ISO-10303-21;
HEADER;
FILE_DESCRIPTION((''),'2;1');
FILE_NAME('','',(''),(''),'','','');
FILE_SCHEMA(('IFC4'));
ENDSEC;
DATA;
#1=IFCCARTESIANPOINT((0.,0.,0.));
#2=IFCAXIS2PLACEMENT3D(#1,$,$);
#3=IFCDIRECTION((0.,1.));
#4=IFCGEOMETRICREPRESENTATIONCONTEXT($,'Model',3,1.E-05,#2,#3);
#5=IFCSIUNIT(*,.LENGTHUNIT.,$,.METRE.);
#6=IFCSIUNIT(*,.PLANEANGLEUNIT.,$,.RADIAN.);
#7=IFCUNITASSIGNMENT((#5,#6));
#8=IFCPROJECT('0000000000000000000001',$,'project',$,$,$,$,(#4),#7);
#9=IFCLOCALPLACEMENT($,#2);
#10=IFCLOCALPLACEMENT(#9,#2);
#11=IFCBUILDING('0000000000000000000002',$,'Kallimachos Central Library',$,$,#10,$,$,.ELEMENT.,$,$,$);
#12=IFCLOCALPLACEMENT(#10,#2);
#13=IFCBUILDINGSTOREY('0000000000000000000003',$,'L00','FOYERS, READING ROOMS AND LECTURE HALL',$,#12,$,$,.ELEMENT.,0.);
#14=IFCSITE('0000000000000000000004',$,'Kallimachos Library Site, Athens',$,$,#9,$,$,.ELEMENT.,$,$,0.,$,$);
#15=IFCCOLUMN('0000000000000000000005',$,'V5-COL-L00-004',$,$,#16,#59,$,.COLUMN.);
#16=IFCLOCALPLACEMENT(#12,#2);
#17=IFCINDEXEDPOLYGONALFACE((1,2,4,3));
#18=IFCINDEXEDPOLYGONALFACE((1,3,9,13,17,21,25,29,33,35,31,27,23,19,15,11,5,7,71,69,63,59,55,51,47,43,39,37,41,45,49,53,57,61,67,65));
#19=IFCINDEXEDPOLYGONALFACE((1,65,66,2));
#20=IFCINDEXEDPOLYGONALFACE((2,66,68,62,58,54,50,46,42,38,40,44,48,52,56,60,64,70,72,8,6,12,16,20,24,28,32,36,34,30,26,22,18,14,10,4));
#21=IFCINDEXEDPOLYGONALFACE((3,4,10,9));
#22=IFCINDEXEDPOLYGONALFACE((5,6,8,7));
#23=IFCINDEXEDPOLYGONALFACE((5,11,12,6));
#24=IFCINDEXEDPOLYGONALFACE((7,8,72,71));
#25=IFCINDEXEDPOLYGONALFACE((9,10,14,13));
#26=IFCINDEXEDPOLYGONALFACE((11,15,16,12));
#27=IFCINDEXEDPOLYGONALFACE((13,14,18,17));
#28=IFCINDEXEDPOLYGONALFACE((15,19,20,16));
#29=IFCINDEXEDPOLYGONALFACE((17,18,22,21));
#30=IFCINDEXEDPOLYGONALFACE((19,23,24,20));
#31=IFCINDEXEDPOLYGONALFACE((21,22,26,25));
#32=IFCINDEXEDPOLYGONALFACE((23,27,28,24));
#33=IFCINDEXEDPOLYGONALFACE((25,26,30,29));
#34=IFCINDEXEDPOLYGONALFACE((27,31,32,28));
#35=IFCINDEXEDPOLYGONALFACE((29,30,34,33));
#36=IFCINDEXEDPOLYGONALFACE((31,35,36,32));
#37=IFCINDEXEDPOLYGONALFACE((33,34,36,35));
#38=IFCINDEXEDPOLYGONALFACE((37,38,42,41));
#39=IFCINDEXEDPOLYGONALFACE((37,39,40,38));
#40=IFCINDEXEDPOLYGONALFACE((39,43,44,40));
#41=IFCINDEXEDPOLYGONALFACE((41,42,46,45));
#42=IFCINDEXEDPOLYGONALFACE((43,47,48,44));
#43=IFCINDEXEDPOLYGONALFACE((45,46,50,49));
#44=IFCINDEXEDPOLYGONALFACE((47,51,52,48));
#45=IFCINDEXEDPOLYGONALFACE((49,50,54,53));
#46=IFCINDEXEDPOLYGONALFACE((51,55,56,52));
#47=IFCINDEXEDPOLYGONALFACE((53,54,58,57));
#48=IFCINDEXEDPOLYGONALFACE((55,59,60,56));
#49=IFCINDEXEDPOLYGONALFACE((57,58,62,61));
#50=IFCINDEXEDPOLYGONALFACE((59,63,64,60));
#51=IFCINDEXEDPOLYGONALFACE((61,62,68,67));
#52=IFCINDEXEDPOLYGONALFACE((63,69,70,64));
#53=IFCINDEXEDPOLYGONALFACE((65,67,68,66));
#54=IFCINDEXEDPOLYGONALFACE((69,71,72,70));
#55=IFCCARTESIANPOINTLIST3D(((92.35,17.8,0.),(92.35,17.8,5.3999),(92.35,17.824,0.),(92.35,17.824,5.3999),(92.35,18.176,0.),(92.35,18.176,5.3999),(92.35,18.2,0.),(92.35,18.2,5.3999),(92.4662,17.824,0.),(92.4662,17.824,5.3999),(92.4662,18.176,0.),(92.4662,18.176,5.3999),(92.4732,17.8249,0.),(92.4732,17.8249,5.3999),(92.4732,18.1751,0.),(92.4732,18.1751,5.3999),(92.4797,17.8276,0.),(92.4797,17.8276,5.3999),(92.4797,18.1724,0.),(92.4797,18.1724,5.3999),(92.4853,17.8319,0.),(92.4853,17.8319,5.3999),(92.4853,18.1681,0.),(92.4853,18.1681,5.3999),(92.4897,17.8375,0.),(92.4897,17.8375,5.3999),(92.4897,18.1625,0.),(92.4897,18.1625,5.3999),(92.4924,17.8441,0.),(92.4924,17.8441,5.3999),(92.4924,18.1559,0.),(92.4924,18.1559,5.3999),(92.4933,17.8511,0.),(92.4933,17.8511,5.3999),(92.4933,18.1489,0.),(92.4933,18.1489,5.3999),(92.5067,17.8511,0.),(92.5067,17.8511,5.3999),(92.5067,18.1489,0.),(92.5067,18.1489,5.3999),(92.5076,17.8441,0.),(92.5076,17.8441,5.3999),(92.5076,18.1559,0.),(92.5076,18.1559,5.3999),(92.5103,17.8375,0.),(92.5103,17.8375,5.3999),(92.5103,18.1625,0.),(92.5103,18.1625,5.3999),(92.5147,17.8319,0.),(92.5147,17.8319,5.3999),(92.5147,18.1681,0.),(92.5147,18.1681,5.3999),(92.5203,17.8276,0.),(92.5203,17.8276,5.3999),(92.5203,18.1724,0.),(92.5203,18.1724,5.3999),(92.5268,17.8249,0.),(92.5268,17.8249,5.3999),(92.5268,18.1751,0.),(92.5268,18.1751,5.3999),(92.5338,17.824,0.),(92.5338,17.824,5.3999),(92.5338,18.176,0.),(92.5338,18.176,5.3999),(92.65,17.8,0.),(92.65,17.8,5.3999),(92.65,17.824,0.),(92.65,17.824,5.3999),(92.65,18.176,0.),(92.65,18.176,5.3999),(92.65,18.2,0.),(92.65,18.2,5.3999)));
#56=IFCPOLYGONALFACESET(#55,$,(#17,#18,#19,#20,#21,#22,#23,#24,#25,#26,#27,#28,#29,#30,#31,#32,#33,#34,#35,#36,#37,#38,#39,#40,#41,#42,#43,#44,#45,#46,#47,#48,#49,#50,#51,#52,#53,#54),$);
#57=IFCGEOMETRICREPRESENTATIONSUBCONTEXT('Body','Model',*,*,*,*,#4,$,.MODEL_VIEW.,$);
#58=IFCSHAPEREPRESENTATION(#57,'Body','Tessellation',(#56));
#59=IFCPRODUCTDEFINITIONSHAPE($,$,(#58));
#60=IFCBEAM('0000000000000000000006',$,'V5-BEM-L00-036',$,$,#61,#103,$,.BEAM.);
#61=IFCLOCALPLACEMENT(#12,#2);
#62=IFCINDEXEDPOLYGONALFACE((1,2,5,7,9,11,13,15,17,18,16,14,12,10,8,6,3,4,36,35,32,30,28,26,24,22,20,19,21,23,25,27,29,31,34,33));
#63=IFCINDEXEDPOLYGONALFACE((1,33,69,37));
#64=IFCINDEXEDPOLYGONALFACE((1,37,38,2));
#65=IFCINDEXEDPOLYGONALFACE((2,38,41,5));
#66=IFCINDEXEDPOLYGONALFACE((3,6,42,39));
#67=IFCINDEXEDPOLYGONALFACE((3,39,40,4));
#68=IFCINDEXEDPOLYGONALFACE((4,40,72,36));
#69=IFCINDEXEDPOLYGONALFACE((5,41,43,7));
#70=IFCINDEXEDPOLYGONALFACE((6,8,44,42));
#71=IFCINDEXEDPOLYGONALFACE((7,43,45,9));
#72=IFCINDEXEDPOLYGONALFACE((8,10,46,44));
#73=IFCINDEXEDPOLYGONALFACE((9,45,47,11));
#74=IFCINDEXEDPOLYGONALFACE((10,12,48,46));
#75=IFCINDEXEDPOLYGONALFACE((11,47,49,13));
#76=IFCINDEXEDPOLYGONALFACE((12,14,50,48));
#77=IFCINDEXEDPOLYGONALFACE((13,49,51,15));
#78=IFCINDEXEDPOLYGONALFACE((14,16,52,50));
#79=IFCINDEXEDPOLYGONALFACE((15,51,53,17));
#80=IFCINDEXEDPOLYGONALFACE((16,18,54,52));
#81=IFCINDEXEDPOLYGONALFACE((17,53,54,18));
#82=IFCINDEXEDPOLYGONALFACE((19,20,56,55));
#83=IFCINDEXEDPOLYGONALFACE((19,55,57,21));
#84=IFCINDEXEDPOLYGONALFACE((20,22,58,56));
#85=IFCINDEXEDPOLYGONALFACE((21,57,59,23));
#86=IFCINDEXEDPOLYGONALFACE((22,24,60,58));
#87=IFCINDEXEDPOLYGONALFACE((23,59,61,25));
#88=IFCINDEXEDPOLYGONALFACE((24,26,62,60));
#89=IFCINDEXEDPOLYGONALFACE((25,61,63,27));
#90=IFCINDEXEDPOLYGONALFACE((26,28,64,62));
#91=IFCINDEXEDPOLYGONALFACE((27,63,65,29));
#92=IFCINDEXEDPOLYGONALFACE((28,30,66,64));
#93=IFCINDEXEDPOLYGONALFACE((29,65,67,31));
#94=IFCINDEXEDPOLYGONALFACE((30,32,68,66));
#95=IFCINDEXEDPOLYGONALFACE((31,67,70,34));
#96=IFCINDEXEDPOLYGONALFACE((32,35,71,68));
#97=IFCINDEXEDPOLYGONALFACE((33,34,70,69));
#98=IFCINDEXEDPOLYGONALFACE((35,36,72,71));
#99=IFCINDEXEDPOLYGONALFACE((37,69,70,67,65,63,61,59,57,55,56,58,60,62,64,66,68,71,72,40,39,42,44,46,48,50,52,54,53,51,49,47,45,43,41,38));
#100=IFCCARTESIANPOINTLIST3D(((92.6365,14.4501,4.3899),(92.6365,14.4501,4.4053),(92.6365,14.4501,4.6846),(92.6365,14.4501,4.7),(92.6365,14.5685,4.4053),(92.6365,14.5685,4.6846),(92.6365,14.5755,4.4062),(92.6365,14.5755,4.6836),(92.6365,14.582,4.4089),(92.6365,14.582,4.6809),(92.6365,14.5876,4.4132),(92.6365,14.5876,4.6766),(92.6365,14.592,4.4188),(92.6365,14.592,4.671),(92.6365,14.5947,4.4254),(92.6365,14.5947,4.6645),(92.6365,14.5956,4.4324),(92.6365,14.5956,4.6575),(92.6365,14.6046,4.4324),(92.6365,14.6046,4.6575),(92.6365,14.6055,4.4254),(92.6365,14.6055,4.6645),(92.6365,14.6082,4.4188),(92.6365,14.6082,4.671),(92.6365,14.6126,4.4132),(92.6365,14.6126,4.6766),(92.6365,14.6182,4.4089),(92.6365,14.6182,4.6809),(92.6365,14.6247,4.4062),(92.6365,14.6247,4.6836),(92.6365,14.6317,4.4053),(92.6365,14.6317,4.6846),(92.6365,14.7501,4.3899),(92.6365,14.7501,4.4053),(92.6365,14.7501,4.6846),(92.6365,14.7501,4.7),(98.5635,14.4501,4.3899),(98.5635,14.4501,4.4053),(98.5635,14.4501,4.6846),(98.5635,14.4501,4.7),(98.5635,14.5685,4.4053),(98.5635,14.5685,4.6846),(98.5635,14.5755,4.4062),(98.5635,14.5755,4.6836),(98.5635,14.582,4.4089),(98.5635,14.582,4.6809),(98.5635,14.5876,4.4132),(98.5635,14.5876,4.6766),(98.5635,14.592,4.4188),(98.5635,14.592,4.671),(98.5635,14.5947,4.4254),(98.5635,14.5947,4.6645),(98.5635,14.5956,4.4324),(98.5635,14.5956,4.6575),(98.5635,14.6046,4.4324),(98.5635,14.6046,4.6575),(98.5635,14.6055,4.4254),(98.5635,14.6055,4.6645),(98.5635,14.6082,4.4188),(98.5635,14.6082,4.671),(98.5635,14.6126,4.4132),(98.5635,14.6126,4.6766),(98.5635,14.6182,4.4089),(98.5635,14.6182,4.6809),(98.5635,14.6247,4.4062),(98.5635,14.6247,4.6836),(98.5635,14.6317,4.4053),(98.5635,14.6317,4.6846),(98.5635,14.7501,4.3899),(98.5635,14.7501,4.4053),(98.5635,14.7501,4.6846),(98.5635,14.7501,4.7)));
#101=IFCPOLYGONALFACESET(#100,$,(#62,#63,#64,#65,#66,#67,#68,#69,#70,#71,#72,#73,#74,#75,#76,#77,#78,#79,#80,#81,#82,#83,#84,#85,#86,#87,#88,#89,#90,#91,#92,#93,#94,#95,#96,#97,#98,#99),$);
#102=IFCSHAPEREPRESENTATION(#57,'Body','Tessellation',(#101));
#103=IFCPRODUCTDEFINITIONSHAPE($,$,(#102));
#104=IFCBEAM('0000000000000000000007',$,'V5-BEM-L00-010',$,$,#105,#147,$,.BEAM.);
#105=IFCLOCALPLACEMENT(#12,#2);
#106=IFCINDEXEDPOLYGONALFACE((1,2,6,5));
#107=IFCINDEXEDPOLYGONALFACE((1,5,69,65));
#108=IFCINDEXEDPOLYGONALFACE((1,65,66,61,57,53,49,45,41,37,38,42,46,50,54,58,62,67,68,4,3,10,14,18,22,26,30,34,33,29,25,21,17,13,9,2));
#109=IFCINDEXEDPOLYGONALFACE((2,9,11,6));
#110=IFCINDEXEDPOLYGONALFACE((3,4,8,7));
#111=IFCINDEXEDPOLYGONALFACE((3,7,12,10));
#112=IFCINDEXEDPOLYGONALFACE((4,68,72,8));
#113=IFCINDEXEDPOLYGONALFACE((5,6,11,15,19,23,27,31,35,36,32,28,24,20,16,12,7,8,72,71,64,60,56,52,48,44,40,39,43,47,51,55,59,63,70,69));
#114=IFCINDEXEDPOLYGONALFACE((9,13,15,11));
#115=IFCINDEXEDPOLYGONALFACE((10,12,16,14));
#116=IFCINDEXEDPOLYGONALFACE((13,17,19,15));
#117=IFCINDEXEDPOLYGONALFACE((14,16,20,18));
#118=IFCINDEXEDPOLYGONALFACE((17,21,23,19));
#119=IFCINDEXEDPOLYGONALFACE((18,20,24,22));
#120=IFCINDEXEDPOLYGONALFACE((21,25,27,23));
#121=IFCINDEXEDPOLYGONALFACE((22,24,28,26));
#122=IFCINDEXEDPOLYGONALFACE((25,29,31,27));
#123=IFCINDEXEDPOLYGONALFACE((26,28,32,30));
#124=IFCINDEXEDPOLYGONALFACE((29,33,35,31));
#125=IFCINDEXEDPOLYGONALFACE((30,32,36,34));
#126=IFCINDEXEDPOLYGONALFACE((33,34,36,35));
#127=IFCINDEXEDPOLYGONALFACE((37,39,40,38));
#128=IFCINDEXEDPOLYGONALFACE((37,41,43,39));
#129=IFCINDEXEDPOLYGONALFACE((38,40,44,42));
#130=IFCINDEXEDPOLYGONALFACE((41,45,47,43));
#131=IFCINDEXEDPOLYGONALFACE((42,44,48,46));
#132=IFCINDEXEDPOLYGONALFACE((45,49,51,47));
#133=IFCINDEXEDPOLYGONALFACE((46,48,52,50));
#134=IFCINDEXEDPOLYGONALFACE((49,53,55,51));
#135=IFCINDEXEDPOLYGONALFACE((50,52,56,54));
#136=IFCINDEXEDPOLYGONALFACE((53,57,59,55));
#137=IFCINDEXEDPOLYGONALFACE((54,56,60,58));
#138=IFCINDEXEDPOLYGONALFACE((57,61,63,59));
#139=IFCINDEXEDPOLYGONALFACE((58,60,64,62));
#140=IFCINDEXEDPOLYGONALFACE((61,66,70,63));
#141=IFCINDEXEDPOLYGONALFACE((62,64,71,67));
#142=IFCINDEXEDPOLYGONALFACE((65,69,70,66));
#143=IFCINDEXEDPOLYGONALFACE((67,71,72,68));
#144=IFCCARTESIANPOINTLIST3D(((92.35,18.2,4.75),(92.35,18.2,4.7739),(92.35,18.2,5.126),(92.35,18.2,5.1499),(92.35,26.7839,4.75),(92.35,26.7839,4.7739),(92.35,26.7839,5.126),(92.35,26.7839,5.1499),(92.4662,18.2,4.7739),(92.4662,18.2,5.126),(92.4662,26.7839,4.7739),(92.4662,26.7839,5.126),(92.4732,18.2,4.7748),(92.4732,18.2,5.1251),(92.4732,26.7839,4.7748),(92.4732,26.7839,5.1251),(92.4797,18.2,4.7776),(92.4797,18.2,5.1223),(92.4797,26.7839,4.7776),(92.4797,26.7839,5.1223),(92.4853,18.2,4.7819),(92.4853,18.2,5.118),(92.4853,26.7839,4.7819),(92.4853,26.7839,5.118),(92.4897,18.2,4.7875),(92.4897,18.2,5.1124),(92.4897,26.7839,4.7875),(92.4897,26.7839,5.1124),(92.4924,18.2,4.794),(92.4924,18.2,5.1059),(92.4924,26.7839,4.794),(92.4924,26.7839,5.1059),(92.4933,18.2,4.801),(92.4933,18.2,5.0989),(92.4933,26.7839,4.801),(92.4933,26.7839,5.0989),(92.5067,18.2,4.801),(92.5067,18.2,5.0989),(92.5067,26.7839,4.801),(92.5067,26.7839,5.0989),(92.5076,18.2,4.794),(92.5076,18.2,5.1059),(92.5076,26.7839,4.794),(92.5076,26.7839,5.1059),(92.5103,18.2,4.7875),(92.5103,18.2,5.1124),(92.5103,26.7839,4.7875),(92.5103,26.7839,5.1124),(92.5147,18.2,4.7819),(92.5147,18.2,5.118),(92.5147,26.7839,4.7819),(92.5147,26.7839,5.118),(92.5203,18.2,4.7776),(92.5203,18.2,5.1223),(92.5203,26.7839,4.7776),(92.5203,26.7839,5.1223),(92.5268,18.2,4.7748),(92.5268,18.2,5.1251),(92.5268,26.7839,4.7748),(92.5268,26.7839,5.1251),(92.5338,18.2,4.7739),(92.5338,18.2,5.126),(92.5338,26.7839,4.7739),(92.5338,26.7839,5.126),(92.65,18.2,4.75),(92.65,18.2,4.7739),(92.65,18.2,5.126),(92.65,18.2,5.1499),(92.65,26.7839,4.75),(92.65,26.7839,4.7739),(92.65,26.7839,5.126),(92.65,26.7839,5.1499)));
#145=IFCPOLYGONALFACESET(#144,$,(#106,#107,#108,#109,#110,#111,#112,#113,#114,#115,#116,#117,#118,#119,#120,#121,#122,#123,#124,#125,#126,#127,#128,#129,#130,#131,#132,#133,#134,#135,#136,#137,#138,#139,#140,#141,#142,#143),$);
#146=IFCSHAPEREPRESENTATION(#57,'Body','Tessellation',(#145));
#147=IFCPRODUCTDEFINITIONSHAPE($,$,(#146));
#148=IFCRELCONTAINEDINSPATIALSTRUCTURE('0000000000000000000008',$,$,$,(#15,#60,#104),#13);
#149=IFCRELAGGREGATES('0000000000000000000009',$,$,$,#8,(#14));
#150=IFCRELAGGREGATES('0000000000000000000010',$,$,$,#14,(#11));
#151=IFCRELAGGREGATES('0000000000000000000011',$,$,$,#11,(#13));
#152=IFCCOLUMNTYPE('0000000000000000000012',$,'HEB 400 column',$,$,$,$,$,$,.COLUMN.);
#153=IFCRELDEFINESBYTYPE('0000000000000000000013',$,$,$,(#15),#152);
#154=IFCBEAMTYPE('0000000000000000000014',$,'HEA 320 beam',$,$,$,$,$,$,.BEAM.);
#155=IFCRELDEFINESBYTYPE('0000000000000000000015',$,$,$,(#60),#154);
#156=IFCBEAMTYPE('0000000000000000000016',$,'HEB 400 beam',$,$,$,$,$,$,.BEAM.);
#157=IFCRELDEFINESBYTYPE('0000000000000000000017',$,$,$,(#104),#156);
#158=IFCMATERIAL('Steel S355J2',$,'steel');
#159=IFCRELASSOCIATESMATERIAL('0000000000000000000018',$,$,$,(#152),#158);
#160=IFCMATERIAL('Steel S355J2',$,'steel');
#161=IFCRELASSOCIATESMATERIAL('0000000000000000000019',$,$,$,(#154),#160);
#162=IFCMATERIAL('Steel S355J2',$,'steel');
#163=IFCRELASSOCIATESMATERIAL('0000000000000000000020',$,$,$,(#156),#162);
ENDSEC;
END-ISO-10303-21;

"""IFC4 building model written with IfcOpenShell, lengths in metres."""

from ifc_helpers import new_model, si_unit, direction, frame, origin, origin_2d, place, context, subcontext, project, spatial, i_section, extrude, material, material_profile, profile_set, type_object, element, save


model = new_model("IFC4")

# Units and contexts
model_context = context("Model", 3, precision=1e-05, world=origin(), true_north=direction((0.0, 1.0)))
body_context = subcontext(model_context, "Body", "Model", "MODEL_VIEW")
ifc_project = project(units=[si_unit("LENGTHUNIT", "METRE"), si_unit("PLANEANGLEUNIT", "RADIAN")], contexts=[model_context])

# Site, building, storey
site_placement = place(None, origin())
site = spatial("IfcSite", under=ifc_project, at=site_placement, Name="Kallimachos Library Site, Athens", CompositionType="ELEMENT", RefElevation=0.0)
building_placement = place(site_placement, origin())
building = spatial("IfcBuilding", under=site, at=building_placement, Name="Kallimachos Central Library", CompositionType="ELEMENT")
storey_placement = place(building_placement, origin())
storey = spatial("IfcBuildingStorey", under=building, at=storey_placement, Name="L00", Description="FOYERS, READING ROOMS AND LECTURE HALL", CompositionType="ELEMENT", Elevation=0.0)

# Column
ifc_material_1 = material(Name="Steel S355J2", Category="steel")
ifc_material_profile_1 = material_profile(ifc_material_1, i_section(OverallWidth=0.3, OverallDepth=0.3999, WebThickness=0.0134, FlangeThickness=0.0239, FilletRadius=0.0271, at=origin_2d()), Name="HEB 400")
ifc_profile_set_1 = profile_set([ifc_material_profile_1], Name="Steel S355J2")
column_type_1 = type_object("IfcColumnType", Name="HEB 400 column", PredefinedType="COLUMN", material=ifc_profile_set_1)
column_1_placement = place(storey_placement, frame((92.5, 18.0, 0.0), z_axis=(0.0, 0.0, 1.0), x_axis=(1.0, 0.0, 0.0)))
element("IfcColumn", 1, at=column_1_placement, inside=storey, type_object=column_type_1, Name="V5-COL-L00-004", PredefinedType="COLUMN", context=body_context, shape_type="SweptSolid", body=[
    extrude(i_section(OverallWidth=0.3, OverallDepth=0.3999, WebThickness=0.0134, FlangeThickness=0.0239, FilletRadius=0.0271, at=origin_2d()), origin(), (0.0, 0.0, 1.0), 5.3999),
])

# Beams
ifc_material_2 = material(Name="Steel S355J2", Category="steel")
ifc_material_profile_2 = material_profile(ifc_material_2, i_section(OverallWidth=0.3, OverallDepth=0.3101, WebThickness=0.009, FlangeThickness=0.0154, FilletRadius=0.0271, at=origin_2d()), Name="HEA 320")
ifc_profile_set_2 = profile_set([ifc_material_profile_2], Name="Steel S355J2")
beam_type_1 = type_object("IfcBeamType", Name="HEA 320 beam", PredefinedType="BEAM", material=ifc_profile_set_2)
beam_1_placement = place(storey_placement, frame((92.6365, 14.6001, 4.5449), z_axis=(1.0, 0.0, 0.0), x_axis=(0.0, 1.0, 0.0)))
element("IfcBeam", 2, at=beam_1_placement, inside=storey, type_object=beam_type_1, Name="V5-BEM-L00-036", PredefinedType="BEAM", context=body_context, shape_type="SweptSolid", body=[
    extrude(i_section(OverallWidth=0.3, OverallDepth=0.3101, WebThickness=0.009, FlangeThickness=0.0154, FilletRadius=0.0271, at=origin_2d()), origin(), (0.0, 0.0, 1.0), 5.927),
])
ifc_material_3 = material(Name="Steel S355J2", Category="steel")
ifc_material_profile_3 = material_profile(ifc_material_3, i_section(OverallWidth=0.3, OverallDepth=0.3999, WebThickness=0.0134, FlangeThickness=0.0239, FilletRadius=0.0271, at=origin_2d()), Name="HEB 400")
ifc_profile_set_3 = profile_set([ifc_material_profile_3], Name="Steel S355J2")
beam_type_2 = type_object("IfcBeamType", Name="HEB 400 beam", PredefinedType="BEAM", material=ifc_profile_set_3)
beam_2_placement = place(storey_placement, frame((92.5, 18.2, 4.95), z_axis=(0.0, 1.0, 0.0), x_axis=(-1.0, 0.0, 0.0)))
element("IfcBeam", 3, at=beam_2_placement, inside=storey, type_object=beam_type_2, Name="V5-BEM-L00-010", PredefinedType="BEAM", context=body_context, shape_type="SweptSolid", body=[
    extrude(i_section(OverallWidth=0.3, OverallDepth=0.3999, WebThickness=0.0134, FlangeThickness=0.0239, FilletRadius=0.0271, at=origin_2d()), origin(), (0.0, 0.0, 1.0), 8.584),
])

save(model, "model.ifc")
